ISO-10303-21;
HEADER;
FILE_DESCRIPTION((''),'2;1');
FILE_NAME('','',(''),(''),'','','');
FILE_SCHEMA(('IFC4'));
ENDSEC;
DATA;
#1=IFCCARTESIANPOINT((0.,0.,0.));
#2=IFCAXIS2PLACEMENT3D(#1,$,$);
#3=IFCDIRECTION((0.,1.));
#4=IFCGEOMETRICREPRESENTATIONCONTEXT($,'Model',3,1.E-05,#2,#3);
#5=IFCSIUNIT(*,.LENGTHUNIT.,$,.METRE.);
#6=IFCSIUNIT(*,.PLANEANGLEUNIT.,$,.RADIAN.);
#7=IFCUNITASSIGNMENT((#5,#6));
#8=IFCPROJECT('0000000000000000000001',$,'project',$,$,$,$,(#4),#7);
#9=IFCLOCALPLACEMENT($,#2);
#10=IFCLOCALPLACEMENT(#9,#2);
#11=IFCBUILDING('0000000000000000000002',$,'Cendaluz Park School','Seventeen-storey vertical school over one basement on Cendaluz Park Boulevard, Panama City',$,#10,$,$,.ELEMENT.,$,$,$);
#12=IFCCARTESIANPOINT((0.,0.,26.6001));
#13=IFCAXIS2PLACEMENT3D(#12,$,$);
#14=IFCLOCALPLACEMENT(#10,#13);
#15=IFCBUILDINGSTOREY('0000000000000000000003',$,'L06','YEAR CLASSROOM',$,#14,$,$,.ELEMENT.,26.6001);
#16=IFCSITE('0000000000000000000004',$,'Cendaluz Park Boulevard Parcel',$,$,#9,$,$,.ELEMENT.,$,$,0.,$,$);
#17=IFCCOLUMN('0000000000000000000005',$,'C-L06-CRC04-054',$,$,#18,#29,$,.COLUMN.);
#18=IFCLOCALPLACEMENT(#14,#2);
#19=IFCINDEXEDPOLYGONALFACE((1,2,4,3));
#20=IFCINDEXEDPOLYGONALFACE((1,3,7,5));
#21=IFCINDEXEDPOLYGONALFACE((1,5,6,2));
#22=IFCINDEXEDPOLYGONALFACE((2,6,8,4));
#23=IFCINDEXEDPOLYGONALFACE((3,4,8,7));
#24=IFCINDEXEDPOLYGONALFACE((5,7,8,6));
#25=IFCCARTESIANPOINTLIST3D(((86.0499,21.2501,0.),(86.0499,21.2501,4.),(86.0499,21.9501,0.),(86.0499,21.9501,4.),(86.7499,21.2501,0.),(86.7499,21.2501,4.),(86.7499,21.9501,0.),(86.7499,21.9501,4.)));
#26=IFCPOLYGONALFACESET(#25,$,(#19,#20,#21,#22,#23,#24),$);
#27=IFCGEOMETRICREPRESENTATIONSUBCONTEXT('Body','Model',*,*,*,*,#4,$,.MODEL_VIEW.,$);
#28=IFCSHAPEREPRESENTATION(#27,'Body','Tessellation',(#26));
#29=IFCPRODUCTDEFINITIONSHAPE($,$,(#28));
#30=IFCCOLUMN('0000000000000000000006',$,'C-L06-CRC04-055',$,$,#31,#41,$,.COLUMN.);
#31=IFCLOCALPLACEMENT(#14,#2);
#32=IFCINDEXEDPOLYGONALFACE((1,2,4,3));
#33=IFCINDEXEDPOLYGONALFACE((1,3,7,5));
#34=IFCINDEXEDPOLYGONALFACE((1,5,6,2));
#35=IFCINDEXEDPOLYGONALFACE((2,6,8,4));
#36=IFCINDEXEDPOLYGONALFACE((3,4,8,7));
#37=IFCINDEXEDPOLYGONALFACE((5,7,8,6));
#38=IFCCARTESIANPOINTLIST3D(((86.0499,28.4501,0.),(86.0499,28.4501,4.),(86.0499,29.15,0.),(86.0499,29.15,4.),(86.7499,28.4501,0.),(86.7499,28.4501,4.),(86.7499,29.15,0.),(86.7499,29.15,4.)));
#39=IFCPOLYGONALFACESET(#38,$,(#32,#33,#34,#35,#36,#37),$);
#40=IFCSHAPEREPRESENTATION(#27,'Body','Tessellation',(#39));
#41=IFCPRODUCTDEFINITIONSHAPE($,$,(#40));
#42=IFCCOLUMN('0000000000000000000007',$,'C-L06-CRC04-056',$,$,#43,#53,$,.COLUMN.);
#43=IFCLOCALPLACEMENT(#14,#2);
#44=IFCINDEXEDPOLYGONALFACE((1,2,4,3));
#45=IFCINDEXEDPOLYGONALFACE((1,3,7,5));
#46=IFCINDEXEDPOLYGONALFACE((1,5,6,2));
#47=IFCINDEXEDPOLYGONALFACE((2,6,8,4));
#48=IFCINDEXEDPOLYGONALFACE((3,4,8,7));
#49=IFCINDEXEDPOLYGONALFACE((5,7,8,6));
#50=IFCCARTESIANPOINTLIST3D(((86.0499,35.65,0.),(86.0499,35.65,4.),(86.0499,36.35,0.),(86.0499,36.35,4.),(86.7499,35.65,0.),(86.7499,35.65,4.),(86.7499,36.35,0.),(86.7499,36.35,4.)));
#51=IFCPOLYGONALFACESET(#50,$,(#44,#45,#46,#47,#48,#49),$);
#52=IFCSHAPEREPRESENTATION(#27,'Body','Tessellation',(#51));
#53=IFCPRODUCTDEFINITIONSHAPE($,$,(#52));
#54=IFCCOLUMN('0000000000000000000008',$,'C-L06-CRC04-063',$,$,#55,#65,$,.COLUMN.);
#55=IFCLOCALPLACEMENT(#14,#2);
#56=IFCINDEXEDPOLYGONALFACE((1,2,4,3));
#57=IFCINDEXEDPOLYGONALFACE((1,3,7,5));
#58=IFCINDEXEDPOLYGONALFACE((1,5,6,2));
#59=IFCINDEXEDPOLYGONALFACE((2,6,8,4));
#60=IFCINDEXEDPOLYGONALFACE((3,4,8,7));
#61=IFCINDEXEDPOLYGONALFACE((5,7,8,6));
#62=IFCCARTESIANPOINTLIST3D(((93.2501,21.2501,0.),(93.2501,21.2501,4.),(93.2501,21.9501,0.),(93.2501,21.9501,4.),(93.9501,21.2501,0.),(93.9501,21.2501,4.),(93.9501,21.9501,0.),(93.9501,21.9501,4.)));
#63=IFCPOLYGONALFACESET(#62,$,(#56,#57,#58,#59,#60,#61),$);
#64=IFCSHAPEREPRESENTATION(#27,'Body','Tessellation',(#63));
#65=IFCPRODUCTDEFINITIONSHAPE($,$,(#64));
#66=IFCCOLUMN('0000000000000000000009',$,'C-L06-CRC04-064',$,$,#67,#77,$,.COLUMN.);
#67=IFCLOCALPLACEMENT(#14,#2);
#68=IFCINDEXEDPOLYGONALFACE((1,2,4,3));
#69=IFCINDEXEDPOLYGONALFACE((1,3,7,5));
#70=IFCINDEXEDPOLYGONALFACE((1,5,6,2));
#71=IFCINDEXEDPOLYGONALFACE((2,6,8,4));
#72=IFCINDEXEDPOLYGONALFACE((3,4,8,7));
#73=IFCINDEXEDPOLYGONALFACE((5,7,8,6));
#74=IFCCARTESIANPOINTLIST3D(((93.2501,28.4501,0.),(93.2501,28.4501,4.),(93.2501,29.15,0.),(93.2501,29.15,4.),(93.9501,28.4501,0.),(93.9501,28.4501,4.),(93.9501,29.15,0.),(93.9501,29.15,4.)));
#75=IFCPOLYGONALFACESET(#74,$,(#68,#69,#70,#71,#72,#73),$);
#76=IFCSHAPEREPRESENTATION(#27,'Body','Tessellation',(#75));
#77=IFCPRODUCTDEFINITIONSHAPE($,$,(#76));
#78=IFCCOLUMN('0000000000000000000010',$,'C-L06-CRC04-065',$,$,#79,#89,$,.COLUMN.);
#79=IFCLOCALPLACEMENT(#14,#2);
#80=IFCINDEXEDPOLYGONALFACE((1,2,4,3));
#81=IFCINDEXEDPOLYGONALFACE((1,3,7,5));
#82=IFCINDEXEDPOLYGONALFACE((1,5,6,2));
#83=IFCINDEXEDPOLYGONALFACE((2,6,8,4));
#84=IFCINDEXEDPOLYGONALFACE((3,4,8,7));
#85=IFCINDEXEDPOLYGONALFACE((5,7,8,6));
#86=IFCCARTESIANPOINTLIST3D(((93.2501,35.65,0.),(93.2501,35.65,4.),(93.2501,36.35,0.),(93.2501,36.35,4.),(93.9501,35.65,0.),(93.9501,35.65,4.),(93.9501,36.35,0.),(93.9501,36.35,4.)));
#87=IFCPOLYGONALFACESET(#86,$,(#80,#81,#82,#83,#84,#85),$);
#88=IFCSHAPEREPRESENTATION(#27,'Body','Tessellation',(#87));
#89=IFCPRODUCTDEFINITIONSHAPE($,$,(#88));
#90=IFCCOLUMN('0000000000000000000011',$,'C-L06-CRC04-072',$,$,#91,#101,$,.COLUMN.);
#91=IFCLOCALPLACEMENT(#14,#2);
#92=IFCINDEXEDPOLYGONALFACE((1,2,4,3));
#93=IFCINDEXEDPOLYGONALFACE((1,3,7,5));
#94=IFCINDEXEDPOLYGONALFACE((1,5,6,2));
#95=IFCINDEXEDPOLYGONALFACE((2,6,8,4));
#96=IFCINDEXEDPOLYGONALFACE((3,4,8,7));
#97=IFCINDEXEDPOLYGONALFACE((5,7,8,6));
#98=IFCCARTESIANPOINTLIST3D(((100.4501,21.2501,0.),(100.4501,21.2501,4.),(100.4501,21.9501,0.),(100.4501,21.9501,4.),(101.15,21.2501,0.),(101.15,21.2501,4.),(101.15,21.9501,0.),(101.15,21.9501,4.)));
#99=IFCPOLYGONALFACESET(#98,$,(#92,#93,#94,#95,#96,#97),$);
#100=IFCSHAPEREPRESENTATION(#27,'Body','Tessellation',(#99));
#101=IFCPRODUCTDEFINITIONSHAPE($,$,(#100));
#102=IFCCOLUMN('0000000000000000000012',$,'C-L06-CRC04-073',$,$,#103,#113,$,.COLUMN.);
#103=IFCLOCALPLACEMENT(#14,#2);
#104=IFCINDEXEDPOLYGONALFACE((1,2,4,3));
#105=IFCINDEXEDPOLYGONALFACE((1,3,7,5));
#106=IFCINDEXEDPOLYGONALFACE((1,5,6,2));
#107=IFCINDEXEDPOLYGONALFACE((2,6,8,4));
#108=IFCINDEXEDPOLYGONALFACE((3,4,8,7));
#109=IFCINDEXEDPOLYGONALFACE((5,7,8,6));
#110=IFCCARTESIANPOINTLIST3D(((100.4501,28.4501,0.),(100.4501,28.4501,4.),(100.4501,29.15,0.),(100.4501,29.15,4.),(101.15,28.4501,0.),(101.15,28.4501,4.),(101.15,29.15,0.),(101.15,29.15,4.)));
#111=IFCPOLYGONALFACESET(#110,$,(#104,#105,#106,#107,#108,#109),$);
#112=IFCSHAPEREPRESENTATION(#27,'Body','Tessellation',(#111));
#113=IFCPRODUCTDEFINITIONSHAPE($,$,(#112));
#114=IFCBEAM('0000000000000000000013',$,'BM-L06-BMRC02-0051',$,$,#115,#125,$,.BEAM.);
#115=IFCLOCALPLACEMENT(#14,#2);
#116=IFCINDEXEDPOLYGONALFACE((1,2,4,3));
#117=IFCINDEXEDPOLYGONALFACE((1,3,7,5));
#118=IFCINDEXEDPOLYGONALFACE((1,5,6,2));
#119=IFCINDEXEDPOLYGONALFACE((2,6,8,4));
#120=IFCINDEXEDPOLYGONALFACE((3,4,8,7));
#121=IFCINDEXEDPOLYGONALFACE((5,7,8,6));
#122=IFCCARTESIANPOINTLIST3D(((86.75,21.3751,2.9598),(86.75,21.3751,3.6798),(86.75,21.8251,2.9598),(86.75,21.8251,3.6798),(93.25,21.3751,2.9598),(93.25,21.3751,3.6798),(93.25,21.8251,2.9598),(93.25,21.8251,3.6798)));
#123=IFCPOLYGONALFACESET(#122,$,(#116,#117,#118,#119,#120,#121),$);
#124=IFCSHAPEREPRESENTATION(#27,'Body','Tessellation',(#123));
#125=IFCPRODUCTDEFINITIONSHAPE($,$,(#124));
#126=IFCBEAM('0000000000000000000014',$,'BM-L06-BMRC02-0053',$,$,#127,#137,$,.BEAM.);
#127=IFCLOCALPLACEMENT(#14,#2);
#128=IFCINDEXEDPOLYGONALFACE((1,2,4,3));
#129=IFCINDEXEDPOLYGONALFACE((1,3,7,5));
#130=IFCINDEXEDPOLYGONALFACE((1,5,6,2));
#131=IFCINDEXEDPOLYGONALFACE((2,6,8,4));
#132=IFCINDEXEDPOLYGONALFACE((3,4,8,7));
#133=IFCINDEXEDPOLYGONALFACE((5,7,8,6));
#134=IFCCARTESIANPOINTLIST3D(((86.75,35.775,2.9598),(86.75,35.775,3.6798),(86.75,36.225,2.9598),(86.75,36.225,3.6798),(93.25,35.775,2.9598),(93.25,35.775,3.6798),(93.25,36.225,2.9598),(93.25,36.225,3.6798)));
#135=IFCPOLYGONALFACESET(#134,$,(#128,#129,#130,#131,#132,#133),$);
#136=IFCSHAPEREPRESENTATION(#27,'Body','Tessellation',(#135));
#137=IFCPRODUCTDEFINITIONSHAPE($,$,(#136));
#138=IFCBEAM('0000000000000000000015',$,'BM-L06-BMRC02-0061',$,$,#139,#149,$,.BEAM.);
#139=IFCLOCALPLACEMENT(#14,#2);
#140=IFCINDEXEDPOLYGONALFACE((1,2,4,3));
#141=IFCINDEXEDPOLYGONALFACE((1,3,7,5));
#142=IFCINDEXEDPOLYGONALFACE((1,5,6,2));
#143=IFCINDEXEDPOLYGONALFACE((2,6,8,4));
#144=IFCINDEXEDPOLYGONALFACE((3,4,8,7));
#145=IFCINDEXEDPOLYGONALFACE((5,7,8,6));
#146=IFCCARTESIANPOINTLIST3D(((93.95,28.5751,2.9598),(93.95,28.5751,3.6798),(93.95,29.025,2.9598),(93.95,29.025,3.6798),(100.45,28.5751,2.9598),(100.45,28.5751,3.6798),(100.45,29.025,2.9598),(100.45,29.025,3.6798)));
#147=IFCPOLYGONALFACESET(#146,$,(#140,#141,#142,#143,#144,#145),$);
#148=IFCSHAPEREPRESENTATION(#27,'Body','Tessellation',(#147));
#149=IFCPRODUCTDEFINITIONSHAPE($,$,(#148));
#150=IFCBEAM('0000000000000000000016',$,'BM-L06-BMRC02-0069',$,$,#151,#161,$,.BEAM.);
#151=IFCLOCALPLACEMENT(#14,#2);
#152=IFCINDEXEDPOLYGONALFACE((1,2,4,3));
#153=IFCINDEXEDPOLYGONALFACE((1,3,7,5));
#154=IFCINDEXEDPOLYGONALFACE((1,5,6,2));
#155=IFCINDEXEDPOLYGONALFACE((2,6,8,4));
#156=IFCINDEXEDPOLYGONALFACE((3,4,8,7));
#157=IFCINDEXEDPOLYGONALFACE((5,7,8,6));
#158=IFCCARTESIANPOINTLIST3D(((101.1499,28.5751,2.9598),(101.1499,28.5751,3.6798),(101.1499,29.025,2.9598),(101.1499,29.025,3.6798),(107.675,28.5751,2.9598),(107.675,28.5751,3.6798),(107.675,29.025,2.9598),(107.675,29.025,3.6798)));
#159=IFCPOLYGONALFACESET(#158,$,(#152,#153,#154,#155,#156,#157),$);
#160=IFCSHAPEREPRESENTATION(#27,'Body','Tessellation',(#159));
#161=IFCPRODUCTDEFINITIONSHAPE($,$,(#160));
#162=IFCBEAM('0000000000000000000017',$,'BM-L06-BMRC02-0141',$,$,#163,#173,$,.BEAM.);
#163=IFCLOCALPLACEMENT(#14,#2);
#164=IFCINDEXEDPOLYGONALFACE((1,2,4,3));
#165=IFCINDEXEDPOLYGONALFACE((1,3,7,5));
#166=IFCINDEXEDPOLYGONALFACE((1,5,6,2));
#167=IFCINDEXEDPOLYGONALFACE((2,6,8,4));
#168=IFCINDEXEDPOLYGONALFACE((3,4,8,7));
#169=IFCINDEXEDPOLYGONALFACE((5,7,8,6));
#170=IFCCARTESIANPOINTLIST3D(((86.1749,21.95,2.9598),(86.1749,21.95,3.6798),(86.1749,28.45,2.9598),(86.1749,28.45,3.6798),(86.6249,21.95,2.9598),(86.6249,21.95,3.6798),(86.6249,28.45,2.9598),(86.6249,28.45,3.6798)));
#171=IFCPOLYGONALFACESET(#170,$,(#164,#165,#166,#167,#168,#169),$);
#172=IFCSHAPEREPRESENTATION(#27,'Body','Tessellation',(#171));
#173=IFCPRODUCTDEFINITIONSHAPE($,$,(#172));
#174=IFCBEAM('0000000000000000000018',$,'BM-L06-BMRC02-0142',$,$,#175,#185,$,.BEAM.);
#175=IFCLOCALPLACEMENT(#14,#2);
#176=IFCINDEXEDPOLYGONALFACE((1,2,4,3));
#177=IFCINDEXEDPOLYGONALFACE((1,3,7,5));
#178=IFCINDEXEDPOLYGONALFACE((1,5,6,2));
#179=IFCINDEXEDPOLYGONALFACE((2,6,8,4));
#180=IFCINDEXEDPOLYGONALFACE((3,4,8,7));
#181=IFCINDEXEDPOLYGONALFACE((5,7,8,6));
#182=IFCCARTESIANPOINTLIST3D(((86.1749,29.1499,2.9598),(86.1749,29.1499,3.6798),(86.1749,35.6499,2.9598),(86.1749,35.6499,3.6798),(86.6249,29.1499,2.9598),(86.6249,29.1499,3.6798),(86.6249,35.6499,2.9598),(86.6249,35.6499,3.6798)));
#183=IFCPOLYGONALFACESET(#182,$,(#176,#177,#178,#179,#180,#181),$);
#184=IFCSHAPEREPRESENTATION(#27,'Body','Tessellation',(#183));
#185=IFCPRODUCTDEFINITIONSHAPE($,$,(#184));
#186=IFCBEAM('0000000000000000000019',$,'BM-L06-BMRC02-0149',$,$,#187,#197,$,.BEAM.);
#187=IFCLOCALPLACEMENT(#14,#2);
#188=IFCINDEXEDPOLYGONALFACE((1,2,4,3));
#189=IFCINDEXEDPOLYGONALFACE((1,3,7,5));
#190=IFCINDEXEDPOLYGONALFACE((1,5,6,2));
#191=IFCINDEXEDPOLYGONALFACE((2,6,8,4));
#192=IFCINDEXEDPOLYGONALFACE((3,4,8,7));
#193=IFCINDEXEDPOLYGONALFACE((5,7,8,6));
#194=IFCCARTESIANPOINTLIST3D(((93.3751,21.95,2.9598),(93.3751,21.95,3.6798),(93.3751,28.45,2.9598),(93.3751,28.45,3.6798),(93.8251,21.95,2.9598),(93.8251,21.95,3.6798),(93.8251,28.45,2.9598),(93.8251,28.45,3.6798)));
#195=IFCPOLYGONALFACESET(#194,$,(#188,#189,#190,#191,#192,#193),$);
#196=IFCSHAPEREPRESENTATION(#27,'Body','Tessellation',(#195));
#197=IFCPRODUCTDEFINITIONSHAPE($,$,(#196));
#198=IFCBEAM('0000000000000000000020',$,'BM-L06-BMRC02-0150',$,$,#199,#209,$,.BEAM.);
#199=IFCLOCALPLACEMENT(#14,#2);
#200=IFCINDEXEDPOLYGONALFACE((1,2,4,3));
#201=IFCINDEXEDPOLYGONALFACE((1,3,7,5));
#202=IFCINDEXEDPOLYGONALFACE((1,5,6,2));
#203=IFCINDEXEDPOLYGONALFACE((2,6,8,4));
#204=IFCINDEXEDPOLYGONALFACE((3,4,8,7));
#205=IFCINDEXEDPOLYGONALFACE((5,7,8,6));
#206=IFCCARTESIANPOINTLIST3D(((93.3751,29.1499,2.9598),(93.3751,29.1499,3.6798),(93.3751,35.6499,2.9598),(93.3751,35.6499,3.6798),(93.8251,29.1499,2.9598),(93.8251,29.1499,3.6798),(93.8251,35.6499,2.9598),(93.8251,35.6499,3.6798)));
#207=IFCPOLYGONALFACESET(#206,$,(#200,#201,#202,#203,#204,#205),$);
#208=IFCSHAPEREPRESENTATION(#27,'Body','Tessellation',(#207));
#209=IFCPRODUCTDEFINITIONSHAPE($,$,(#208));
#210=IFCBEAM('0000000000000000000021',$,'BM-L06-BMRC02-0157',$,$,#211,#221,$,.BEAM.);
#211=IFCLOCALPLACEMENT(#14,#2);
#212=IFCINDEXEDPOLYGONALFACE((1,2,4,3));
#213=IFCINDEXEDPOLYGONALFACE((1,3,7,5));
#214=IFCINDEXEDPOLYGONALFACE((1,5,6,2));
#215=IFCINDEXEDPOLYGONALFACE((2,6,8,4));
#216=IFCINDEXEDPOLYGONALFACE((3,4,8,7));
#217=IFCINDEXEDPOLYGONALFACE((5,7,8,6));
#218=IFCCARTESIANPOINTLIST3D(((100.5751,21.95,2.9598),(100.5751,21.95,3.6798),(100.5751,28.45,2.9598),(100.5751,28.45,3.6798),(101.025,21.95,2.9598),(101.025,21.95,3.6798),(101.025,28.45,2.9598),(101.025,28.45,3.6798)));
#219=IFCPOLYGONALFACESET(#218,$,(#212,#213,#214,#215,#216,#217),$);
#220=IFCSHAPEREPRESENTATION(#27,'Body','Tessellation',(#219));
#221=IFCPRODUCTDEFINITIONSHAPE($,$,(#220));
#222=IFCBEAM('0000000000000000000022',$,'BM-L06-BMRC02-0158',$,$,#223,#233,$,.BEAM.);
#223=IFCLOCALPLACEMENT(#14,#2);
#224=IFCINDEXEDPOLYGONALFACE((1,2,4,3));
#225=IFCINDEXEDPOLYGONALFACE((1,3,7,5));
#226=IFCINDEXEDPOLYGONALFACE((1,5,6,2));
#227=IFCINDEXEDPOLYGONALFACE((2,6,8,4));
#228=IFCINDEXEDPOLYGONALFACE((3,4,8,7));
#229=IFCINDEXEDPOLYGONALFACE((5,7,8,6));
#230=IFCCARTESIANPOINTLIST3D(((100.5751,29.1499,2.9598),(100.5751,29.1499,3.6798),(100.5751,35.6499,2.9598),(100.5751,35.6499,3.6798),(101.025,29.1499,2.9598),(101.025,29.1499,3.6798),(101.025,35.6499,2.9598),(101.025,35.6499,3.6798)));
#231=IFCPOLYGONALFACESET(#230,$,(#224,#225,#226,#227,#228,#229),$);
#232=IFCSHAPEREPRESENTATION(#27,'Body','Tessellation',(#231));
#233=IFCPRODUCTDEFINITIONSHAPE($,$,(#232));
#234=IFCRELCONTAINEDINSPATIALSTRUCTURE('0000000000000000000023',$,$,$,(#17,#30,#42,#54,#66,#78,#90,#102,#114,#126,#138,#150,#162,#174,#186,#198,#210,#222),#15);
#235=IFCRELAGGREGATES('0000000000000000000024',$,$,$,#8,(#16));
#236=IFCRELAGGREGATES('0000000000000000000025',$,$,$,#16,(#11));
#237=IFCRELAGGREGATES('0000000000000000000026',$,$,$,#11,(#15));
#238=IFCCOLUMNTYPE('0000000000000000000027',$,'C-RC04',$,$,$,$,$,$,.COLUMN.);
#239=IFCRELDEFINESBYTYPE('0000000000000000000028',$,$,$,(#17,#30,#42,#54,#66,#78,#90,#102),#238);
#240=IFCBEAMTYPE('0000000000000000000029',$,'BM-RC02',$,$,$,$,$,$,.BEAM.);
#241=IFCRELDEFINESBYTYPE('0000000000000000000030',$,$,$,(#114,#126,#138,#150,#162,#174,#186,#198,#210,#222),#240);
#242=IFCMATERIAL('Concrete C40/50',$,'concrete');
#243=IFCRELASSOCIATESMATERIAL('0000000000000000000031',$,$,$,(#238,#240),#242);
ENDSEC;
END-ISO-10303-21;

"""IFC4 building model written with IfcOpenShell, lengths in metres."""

from ifc_helpers import new_model, si_unit, direction, frame, origin, origin_2d, place, context, subcontext, project, spatial, rectangle, extrude, material, material_profile, profile_set, type_object, element, save


model = new_model("IFC4")

# Units and contexts
model_context = context("Model", 3, precision=1e-05, world=origin(), true_north=direction((0.0, 1.0)))
body_context = subcontext(model_context, "Body", "Model", "MODEL_VIEW")
ifc_project = project(units=[si_unit("LENGTHUNIT", "METRE"), si_unit("PLANEANGLEUNIT", "RADIAN")], contexts=[model_context])

# Site, building, storey
site_placement = place(None, origin())
site = spatial("IfcSite", under=ifc_project, at=site_placement, Name="Cendaluz Park Boulevard Parcel", CompositionType="ELEMENT", RefElevation=0.0)
building_placement = place(site_placement, origin())
building = spatial("IfcBuilding", under=site, at=building_placement, Name="Cendaluz Park School", Description="Seventeen-storey vertical school over one basement on Cendaluz Park Boulevard, Panama City", CompositionType="ELEMENT")
storey_placement = place(building_placement, frame((0.0, 0.0, 26.6001)))
storey = spatial("IfcBuildingStorey", under=building, at=storey_placement, Name="L06", Description="YEAR CLASSROOM", CompositionType="ELEMENT", Elevation=26.6001)

# Columns
ifc_material_1 = material(Name="Concrete C40/50", Category="concrete")
ifc_material_profile_1 = material_profile(ifc_material_1, rectangle(XDim=0.7, YDim=0.7, at=origin_2d()), Name="RC 700x700", Category="concrete")
ifc_profile_set_1 = profile_set([ifc_material_profile_1], Name="Concrete C40/50")
column_type = type_object("IfcColumnType", Name="C-RC04", PredefinedType="COLUMN", material=ifc_profile_set_1)
for number, where, z_axis, x_axis, name in (
    (1, (86.3999, 21.6001, 0.0), (0.0, 0.0, 1.0), (1.0, 0.0, 0.0), "C-L06-CRC04-054"),
    (2, (86.3999, 28.8, 0.0), (0.0, 0.0, 1.0), (1.0, 0.0, 0.0), "C-L06-CRC04-055"),
    (3, (86.3999, 36.0, 0.0), (0.0, 0.0, 1.0), (1.0, 0.0, 0.0), "C-L06-CRC04-056"),
    (4, (93.6001, 21.6001, 0.0), (0.0, 0.0, 1.0), (1.0, 0.0, 0.0), "C-L06-CRC04-063"),
    (5, (93.6001, 28.8, 0.0), (0.0, 0.0, 1.0), (1.0, 0.0, 0.0), "C-L06-CRC04-064"),
    (6, (93.6001, 36.0, 0.0), (0.0, 0.0, 1.0), (1.0, 0.0, 0.0), "C-L06-CRC04-065"),
    (7, (100.8, 21.6001, 0.0), (0.0, 0.0, 1.0), (1.0, 0.0, 0.0), "C-L06-CRC04-072"),
    (8, (100.8, 28.8, 0.0), (0.0, 0.0, 1.0), (1.0, 0.0, 0.0), "C-L06-CRC04-073"),
):
    element("IfcColumn", number, at=place(storey_placement, frame(where, z_axis=z_axis, x_axis=x_axis)), inside=storey, type_object=column_type, Name=name, PredefinedType="COLUMN", context=body_context, shape_type="SweptSolid", body=[
        extrude(rectangle(XDim=0.7, YDim=0.7, at=origin_2d()), origin(), (0.0, 0.0, 1.0), 4.0),
    ])

# Beams
ifc_material_profile_2 = material_profile(ifc_material_1, rectangle(XDim=0.45, YDim=0.72, at=origin_2d()), Name="RC 450x720", Category="concrete")
ifc_profile_set_2 = profile_set([ifc_material_profile_2], Name="Concrete C40/50")
beam_type_1 = type_object("IfcBeamType", Name="BM-RC02", PredefinedType="BEAM", material=ifc_profile_set_2)
for number, where, z_axis, x_axis, name in (
    (9, (86.75, 21.6001, 3.3198), (1.0, 0.0, 0.0), (0.0, 1.0, 0.0), "BM-L06-BMRC02-0051"),
    (10, (86.75, 36.0, 3.3198), (1.0, 0.0, 0.0), (0.0, 1.0, 0.0), "BM-L06-BMRC02-0053"),
    (11, (93.95, 28.8, 3.3198), (1.0, 0.0, 0.0), (0.0, 1.0, 0.0), "BM-L06-BMRC02-0061"),
):
    element("IfcBeam", number, at=place(storey_placement, frame(where, z_axis=z_axis, x_axis=x_axis)), inside=storey, type_object=beam_type_1, Name=name, PredefinedType="BEAM", context=body_context, shape_type="SweptSolid", body=[
        extrude(rectangle(XDim=0.45, YDim=0.72, at=origin_2d()), origin(), (0.0, 0.0, 1.0), 6.5),
    ])
beam_1_placement = place(storey_placement, frame((101.1499, 28.8, 3.3198), z_axis=(1.0, 0.0, 0.0), x_axis=(0.0, 1.0, 0.0)))
element("IfcBeam", 12, at=beam_1_placement, inside=storey, type_object=beam_type_1, Name="BM-L06-BMRC02-0069", PredefinedType="BEAM", context=body_context, shape_type="SweptSolid", body=[
    extrude(rectangle(XDim=0.45, YDim=0.72, at=origin_2d()), origin(), (0.0, 0.0, 1.0), 6.5251),
])
for number, where, z_axis, x_axis, name in (
    (13, (86.3999, 21.95, 3.3198), (0.0, 1.0, 0.0), (-1.0, 0.0, 0.0), "BM-L06-BMRC02-0141"),
    (14, (86.3999, 29.1499, 3.3198), (0.0, 1.0, 0.0), (-1.0, 0.0, 0.0), "BM-L06-BMRC02-0142"),
    (15, (93.6001, 21.95, 3.3198), (0.0, 1.0, 0.0), (-1.0, 0.0, 0.0), "BM-L06-BMRC02-0149"),
    (16, (93.6001, 29.1499, 3.3198), (0.0, 1.0, 0.0), (-1.0, 0.0, 0.0), "BM-L06-BMRC02-0150"),
    (17, (100.8, 21.95, 3.3198), (0.0, 1.0, 0.0), (-1.0, 0.0, 0.0), "BM-L06-BMRC02-0157"),
    (18, (100.8, 29.1499, 3.3198), (0.0, 1.0, 0.0), (-1.0, 0.0, 0.0), "BM-L06-BMRC02-0158"),
):
    element("IfcBeam", number, at=place(storey_placement, frame(where, z_axis=z_axis, x_axis=x_axis)), inside=storey, type_object=beam_type_1, Name=name, PredefinedType="BEAM", context=body_context, shape_type="SweptSolid", body=[
        extrude(rectangle(XDim=0.45, YDim=0.72, at=origin_2d()), origin(), (0.0, 0.0, 1.0), 6.5),
    ])

save(model, "model.ifc")
